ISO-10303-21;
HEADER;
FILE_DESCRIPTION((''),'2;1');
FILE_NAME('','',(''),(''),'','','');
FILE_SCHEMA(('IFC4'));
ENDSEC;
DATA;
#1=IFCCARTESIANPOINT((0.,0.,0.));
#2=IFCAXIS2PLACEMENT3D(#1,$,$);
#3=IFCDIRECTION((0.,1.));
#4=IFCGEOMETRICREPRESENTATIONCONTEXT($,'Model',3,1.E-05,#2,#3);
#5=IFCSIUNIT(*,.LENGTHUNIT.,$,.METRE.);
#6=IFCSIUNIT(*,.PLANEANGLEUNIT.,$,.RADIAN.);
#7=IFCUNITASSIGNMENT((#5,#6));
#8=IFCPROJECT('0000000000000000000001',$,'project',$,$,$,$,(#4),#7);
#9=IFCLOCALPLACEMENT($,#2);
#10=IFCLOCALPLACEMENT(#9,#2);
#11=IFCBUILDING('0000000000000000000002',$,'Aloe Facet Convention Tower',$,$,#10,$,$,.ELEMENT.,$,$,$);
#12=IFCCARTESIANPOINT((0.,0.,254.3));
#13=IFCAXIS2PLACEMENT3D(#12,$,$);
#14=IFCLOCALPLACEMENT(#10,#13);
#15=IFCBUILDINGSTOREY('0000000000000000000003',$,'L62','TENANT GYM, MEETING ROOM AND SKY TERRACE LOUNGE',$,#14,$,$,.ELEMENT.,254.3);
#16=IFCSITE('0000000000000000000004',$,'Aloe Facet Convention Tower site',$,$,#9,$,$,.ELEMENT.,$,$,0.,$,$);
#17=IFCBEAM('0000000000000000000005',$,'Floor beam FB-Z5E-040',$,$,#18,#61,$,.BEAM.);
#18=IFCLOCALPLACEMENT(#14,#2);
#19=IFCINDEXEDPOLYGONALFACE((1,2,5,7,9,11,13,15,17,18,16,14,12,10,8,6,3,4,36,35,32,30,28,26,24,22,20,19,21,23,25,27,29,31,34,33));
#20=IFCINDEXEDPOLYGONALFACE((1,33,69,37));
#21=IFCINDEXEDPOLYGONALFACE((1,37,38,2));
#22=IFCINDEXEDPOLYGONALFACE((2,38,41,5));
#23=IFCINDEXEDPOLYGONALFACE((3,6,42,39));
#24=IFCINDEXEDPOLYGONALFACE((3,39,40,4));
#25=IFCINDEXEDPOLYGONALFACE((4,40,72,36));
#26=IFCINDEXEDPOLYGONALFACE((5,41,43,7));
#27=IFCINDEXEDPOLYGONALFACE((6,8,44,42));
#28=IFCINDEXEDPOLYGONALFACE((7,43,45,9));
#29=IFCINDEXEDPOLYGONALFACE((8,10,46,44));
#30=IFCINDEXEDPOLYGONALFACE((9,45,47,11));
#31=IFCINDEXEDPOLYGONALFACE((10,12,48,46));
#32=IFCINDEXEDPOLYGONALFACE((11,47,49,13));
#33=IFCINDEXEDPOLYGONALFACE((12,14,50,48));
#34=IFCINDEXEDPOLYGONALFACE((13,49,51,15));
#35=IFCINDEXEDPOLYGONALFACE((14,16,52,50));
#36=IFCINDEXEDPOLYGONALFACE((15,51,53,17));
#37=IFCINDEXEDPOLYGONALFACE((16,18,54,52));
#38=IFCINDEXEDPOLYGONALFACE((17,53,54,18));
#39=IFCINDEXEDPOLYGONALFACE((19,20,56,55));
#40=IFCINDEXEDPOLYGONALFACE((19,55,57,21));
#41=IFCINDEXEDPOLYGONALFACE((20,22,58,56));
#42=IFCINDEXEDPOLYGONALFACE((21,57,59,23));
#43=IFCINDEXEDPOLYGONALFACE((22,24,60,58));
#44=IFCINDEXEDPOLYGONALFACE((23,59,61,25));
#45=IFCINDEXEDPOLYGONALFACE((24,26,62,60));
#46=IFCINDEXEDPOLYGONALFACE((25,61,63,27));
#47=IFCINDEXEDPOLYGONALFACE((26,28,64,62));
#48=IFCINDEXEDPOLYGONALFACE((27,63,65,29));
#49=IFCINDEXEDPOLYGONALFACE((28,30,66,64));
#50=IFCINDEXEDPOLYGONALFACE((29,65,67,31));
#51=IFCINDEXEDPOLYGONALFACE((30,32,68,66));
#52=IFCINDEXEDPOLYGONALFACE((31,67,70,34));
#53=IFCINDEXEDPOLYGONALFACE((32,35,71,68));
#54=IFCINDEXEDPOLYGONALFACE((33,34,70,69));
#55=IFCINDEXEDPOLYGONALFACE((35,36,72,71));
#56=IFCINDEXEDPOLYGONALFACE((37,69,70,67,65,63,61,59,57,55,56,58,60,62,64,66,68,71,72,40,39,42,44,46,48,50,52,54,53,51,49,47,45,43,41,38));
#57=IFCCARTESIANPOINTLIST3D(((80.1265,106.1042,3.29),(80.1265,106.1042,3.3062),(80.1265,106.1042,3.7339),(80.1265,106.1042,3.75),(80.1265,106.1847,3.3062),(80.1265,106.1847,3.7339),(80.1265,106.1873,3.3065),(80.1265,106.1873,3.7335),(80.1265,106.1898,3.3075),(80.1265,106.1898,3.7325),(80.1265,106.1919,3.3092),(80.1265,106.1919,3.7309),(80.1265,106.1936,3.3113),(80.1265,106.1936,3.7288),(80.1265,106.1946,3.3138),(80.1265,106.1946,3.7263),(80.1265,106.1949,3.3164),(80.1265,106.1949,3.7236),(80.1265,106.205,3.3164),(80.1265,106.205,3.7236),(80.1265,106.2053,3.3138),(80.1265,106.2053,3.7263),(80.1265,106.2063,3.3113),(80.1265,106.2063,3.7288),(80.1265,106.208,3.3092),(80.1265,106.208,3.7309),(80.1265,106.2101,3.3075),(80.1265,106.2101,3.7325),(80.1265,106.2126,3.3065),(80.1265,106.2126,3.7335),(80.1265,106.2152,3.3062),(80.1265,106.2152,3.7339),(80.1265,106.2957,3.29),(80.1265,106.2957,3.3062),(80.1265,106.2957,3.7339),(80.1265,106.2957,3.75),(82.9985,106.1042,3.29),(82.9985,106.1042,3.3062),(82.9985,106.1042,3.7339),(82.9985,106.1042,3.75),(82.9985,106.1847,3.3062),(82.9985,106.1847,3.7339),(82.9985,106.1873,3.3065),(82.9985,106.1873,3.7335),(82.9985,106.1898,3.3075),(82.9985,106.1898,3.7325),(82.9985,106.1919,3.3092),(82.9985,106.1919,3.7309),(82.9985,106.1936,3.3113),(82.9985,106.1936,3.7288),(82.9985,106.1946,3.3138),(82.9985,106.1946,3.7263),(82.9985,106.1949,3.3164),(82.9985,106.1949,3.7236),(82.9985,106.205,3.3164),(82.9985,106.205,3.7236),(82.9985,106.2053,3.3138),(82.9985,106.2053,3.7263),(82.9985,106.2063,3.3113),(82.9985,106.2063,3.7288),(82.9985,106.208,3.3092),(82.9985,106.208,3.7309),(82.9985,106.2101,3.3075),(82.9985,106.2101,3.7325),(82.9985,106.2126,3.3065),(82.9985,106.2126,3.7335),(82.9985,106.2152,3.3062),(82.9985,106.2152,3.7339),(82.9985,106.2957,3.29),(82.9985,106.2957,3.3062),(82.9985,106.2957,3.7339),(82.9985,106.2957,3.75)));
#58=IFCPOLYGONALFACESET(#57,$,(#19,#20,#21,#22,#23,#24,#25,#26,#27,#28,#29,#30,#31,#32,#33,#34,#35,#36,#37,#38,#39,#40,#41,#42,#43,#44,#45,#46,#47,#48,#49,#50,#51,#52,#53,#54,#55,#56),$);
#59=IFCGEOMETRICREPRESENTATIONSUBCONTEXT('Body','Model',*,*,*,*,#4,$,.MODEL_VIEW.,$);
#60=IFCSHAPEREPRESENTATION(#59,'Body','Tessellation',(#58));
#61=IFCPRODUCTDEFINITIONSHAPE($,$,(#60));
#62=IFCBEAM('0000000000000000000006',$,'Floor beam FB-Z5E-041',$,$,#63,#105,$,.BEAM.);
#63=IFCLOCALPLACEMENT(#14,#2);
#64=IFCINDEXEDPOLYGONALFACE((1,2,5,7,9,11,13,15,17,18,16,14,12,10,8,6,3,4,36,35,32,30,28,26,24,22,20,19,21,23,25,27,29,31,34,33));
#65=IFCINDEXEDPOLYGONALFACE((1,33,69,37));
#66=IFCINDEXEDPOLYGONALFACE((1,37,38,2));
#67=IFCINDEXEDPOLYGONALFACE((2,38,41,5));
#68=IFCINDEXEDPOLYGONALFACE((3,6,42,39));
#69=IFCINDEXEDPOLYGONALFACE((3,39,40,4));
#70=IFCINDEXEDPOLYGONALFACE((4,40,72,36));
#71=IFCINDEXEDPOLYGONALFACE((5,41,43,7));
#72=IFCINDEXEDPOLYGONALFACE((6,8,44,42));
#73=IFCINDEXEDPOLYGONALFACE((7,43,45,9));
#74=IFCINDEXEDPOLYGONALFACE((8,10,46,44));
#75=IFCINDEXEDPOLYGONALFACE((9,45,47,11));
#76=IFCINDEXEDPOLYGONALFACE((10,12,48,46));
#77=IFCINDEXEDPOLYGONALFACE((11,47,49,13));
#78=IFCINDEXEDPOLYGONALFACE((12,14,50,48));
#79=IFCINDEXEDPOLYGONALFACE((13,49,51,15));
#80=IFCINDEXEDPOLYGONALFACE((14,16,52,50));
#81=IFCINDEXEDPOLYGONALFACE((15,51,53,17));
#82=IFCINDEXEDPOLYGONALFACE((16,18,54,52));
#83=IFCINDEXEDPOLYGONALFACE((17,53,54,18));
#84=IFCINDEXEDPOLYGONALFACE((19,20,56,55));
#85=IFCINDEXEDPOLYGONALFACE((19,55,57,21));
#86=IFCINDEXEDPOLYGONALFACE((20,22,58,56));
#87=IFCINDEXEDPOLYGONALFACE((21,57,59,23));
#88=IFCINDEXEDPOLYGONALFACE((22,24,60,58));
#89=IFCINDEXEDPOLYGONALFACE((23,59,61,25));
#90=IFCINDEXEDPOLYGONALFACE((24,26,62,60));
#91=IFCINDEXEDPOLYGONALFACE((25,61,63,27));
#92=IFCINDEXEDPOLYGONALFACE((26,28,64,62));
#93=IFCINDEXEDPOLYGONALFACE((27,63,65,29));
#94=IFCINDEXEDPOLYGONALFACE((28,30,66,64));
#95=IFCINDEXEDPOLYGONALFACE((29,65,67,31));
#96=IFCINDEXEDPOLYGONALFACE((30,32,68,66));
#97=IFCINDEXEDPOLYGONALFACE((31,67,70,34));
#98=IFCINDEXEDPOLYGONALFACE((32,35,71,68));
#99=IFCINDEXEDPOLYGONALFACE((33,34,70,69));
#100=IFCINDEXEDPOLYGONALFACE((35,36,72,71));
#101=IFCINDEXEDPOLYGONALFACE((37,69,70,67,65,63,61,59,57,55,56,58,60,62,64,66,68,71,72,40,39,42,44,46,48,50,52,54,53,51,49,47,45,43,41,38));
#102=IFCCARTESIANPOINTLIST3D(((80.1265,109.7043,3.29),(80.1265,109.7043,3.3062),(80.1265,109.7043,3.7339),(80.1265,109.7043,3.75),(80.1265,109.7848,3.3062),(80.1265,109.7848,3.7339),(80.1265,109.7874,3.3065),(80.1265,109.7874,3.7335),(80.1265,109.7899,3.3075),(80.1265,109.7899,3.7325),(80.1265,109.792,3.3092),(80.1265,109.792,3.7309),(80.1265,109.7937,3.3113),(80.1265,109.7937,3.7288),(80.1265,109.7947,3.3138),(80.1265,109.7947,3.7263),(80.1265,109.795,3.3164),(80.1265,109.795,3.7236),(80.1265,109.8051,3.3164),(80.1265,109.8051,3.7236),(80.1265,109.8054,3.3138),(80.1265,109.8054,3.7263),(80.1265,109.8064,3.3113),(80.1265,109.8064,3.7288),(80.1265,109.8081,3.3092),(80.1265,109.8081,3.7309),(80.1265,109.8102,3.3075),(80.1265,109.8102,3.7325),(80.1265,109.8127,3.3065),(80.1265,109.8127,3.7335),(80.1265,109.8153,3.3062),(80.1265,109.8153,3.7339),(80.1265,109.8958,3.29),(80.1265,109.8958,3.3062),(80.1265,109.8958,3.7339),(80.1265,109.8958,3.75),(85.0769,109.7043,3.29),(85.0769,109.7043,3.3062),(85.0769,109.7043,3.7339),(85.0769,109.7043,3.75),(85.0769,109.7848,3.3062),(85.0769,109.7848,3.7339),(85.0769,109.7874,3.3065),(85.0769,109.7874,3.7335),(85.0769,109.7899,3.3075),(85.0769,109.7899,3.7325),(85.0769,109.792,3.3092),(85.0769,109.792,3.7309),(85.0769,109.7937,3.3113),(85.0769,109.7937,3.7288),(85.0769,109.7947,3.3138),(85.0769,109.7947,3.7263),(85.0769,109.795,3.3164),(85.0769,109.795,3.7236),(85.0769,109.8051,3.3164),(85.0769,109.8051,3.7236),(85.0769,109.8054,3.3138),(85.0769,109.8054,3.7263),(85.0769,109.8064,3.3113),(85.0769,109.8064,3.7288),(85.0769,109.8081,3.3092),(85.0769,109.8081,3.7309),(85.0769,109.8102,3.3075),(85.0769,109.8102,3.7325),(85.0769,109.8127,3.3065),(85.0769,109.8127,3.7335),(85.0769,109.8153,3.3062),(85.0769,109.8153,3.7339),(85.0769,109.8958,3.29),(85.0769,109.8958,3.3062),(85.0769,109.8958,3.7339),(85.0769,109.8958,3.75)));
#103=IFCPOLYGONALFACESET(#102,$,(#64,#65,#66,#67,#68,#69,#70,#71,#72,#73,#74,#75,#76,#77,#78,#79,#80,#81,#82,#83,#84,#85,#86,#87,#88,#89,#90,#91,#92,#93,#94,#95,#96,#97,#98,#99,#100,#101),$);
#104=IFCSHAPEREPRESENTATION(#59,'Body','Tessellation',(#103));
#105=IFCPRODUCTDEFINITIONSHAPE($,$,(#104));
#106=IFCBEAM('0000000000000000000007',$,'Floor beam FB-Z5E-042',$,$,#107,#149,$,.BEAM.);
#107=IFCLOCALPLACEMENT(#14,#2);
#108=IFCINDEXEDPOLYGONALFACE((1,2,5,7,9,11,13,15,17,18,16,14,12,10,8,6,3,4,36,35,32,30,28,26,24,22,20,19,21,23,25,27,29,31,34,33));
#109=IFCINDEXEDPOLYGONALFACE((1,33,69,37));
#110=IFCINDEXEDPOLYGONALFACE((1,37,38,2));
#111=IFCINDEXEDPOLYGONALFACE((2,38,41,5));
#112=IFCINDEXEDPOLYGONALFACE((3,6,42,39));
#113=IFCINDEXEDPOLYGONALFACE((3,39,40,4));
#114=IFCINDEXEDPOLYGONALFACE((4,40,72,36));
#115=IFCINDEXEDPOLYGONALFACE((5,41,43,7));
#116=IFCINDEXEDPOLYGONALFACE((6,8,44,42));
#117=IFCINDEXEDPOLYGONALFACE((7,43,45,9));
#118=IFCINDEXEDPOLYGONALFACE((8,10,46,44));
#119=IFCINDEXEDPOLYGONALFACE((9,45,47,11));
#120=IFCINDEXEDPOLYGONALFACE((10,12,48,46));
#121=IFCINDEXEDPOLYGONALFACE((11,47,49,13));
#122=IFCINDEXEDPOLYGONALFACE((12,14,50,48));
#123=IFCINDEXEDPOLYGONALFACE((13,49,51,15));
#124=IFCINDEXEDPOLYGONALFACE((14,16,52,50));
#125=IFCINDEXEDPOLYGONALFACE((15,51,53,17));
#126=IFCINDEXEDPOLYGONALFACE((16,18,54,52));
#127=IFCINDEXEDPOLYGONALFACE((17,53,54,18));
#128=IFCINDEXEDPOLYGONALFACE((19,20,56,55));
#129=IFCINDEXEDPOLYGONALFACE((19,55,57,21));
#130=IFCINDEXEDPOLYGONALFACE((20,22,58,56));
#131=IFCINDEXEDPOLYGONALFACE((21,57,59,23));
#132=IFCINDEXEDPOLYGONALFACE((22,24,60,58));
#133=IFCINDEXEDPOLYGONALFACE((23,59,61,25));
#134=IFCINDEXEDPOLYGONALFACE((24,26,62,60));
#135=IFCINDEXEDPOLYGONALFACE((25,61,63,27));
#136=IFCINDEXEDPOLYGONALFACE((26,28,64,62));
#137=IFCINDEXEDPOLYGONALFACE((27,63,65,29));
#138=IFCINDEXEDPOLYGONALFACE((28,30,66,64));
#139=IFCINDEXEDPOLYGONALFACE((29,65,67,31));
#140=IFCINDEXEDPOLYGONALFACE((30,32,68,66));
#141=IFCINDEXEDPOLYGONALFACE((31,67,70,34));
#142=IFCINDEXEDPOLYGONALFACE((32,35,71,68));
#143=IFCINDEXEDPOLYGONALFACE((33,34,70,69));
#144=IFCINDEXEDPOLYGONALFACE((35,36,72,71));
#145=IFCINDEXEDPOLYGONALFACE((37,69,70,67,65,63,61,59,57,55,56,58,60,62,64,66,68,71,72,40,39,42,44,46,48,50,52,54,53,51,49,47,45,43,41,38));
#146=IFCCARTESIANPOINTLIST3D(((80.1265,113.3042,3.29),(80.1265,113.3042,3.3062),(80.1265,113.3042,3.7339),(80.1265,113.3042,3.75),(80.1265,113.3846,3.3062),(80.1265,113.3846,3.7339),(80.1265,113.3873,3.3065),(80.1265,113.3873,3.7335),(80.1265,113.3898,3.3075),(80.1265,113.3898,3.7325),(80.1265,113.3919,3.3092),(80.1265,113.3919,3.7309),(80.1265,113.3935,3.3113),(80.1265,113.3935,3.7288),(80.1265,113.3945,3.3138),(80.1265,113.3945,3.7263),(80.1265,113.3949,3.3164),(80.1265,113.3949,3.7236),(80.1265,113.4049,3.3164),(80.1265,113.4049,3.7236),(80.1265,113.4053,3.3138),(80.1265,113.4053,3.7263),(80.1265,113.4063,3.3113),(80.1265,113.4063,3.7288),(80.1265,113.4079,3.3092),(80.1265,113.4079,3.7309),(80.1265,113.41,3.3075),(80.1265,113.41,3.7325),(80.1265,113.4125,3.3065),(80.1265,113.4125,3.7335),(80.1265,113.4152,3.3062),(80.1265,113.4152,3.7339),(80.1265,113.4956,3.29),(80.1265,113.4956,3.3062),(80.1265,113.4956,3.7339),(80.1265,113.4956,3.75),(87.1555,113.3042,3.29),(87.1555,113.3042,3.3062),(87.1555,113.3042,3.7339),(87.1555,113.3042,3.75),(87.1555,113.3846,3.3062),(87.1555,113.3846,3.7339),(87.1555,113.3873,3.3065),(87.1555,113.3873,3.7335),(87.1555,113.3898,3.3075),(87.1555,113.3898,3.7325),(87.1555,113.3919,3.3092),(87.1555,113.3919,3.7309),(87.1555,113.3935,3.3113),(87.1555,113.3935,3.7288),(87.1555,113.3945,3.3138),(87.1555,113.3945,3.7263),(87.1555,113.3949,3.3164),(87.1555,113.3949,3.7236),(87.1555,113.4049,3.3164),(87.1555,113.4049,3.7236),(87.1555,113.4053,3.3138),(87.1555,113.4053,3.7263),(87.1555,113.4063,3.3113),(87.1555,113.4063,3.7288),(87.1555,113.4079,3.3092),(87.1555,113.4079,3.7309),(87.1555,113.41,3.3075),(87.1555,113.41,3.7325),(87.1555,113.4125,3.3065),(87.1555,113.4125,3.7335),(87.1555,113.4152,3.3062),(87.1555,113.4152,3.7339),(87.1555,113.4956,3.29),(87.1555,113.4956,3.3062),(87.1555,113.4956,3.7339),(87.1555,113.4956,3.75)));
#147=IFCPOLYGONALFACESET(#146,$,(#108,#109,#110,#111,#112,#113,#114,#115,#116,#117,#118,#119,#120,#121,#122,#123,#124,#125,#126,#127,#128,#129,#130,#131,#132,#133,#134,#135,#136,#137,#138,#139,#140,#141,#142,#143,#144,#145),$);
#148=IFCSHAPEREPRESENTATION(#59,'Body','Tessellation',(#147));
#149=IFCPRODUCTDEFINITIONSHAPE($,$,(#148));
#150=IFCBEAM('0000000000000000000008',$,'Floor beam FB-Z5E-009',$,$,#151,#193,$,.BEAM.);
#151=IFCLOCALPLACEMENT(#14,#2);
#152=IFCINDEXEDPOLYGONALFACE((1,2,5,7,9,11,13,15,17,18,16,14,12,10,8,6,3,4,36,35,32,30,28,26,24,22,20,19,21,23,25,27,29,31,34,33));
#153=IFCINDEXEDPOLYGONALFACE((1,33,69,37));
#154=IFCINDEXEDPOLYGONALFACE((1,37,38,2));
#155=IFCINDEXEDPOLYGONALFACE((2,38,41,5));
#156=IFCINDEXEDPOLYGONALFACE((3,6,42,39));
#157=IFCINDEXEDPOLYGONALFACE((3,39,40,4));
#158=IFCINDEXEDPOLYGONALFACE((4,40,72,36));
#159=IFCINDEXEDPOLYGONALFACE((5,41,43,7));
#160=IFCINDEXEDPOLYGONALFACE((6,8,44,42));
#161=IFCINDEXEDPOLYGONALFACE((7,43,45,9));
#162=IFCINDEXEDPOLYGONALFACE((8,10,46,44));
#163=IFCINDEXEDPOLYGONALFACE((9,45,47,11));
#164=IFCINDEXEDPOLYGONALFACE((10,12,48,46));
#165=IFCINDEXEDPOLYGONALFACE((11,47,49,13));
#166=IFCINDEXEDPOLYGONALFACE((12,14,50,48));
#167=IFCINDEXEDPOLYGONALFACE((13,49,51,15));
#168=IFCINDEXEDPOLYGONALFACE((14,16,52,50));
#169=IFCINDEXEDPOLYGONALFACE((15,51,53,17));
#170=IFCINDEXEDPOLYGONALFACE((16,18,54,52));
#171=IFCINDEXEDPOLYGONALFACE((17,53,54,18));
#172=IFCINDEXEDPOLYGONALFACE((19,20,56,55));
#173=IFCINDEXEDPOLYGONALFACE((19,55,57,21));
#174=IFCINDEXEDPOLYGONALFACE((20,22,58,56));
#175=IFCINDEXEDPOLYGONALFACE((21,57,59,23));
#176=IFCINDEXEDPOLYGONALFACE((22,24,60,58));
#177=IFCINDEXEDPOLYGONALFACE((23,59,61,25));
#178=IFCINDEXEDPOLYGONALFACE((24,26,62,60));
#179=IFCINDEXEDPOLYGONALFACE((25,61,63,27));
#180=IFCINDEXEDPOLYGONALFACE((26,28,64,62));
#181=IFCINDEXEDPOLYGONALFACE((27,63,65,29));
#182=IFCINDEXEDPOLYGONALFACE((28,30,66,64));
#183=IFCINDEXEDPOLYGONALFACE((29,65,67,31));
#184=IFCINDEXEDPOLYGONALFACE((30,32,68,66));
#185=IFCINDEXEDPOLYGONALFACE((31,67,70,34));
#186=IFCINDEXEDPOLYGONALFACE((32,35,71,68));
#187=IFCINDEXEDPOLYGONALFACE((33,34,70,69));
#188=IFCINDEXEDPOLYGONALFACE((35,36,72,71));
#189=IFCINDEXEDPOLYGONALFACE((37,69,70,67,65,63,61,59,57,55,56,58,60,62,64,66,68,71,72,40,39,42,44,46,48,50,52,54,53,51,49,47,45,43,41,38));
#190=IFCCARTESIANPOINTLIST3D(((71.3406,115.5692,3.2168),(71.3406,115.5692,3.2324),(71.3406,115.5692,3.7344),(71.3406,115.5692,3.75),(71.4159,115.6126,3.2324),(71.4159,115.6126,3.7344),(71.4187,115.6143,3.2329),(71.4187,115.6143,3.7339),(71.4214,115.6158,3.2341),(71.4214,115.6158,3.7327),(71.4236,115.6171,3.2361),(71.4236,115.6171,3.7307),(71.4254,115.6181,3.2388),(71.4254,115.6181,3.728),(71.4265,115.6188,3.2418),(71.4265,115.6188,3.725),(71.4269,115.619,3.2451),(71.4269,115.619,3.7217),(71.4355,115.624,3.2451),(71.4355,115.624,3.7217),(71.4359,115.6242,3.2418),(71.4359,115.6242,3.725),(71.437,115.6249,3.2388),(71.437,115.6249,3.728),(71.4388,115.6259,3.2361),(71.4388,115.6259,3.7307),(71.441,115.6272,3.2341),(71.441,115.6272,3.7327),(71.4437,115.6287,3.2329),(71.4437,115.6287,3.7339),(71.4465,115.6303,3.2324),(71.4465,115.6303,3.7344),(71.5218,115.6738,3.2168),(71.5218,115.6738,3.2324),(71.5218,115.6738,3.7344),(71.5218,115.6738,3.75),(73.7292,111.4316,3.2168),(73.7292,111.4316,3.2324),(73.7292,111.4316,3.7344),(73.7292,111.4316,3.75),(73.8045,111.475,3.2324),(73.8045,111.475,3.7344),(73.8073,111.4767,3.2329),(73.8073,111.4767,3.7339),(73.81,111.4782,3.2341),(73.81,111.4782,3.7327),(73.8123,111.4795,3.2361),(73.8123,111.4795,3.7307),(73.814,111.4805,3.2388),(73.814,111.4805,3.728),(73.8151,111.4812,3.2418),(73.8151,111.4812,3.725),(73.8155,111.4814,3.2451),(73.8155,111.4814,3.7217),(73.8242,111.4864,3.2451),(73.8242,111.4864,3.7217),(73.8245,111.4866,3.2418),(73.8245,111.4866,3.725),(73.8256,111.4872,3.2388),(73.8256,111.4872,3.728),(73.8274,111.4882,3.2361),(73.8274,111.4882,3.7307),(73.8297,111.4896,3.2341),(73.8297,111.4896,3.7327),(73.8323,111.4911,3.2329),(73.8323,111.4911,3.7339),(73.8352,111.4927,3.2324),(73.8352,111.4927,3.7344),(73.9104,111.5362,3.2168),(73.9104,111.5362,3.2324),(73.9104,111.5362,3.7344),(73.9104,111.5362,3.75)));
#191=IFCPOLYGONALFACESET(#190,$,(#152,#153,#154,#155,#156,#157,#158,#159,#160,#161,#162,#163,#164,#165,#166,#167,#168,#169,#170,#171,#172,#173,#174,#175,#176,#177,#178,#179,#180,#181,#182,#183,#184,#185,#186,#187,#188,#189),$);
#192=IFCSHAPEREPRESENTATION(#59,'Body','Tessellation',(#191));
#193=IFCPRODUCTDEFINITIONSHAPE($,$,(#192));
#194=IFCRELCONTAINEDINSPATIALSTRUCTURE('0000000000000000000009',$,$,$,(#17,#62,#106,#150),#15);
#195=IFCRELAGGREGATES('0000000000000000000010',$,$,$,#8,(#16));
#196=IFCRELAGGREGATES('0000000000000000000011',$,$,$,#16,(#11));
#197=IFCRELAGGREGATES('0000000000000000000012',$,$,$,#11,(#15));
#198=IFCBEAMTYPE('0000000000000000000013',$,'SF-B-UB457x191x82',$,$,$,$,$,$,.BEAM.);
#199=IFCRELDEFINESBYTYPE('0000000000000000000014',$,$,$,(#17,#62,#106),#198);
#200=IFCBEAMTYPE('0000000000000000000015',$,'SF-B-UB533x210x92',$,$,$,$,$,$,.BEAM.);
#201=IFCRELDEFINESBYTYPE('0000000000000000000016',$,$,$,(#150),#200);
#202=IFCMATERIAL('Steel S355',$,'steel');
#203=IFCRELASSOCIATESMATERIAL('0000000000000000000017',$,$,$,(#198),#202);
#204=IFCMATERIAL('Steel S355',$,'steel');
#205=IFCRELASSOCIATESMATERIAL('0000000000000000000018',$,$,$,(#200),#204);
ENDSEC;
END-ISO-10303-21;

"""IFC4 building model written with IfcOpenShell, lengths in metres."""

from ifc_helpers import new_model, si_unit, direction, frame, origin, origin_2d, place, context, subcontext, project, spatial, i_section, extrude, material, material_profile, profile_set, type_object, element, save


model = new_model("IFC4")

# Units and contexts
model_context = context("Model", 3, precision=1e-05, world=origin(), true_north=direction((0.0, 1.0)))
body_context = subcontext(model_context, "Body", "Model", "MODEL_VIEW")
ifc_project = project(units=[si_unit("LENGTHUNIT", "METRE"), si_unit("PLANEANGLEUNIT", "RADIAN")], contexts=[model_context])

# Site, building, storey
site_placement = place(None, origin())
site = spatial("IfcSite", under=ifc_project, at=site_placement, Name="Aloe Facet Convention Tower site", CompositionType="ELEMENT", RefElevation=0.0)
building_placement = place(site_placement, origin())
building = spatial("IfcBuilding", under=site, at=building_placement, Name="Aloe Facet Convention Tower", CompositionType="ELEMENT")
storey_placement = place(building_placement, frame((0.0, 0.0, 254.3)))
storey = spatial("IfcBuildingStorey", under=building, at=storey_placement, Name="L62", Description="TENANT GYM, MEETING ROOM AND SKY TERRACE LOUNGE", CompositionType="ELEMENT", Elevation=254.3)

# Beams
ifc_material_1 = material(Name="Steel S355", Category="steel")
ifc_material_profile_1 = material_profile(ifc_material_1, i_section(OverallWidth=0.1914, OverallDepth=0.46, WebThickness=0.01, FlangeThickness=0.0161, FilletRadius=0.0103, at=origin_2d()), Name="UB 457x191x82")
ifc_profile_set_1 = profile_set([ifc_material_profile_1], Name="Steel S355")
beam_type_1 = type_object("IfcBeamType", Name="SF-B-UB457x191x82", PredefinedType="BEAM", material=ifc_profile_set_1)
for number, where, z_axis, x_axis, name in (
    (1, (80.1265, 106.2, 3.52), (1.0, 0.0, 0.0), (0.0, 1.0, 0.0), "Floor beam FB-Z5E-040"),
):
    element("IfcBeam", number, at=place(storey_placement, frame(where, z_axis=z_axis, x_axis=x_axis)), inside=storey, type_object=beam_type_1, Name=name, PredefinedType="BEAM", context=body_context, shape_type="SweptSolid", body=[
        extrude(i_section(OverallWidth=0.1914, OverallDepth=0.46, WebThickness=0.01, FlangeThickness=0.0161, FilletRadius=0.0103, at=origin_2d()), origin(), (0.0, 0.0, 1.0), 2.8721),
    ])
beam_1_placement = place(storey_placement, frame((80.1265, 109.8, 3.52), z_axis=(1.0, 0.0, 0.0), x_axis=(0.0, 1.0, 0.0)))
element("IfcBeam", 2, at=beam_1_placement, inside=storey, type_object=beam_type_1, Name="Floor beam FB-Z5E-041", PredefinedType="BEAM", context=body_context, shape_type="SweptSolid", body=[
    extrude(i_section(OverallWidth=0.1914, OverallDepth=0.46, WebThickness=0.01, FlangeThickness=0.0161, FilletRadius=0.0103, at=origin_2d()), origin(), (0.0, 0.0, 1.0), 4.9504),
])
beam_2_placement = place(storey_placement, frame((80.1265, 113.3999, 3.52), z_axis=(1.0, 0.0, 0.0), x_axis=(0.0, 1.0, 0.0)))
element("IfcBeam", 3, at=beam_2_placement, inside=storey, type_object=beam_type_1, Name="Floor beam FB-Z5E-042", PredefinedType="BEAM", context=body_context, shape_type="SweptSolid", body=[
    extrude(i_section(OverallWidth=0.1914, OverallDepth=0.46, WebThickness=0.01, FlangeThickness=0.0161, FilletRadius=0.0103, at=origin_2d()), origin(), (0.0, 0.0, 1.0), 7.0291),
])
ifc_material_2 = material(Name="Steel S355", Category="steel")
ifc_material_profile_2 = material_profile(ifc_material_2, i_section(OverallWidth=0.2092, OverallDepth=0.5332, WebThickness=0.01, FlangeThickness=0.0156, FilletRadius=0.0127, at=origin_2d()), Name="UB 533x210x92")
ifc_profile_set_2 = profile_set([ifc_material_profile_2], Name="Steel S355")
beam_type_2 = type_object("IfcBeamType", Name="SF-B-UB533x210x92", PredefinedType="BEAM", material=ifc_profile_set_2)
beam_3_placement = place(storey_placement, frame((73.8198, 111.4839, 3.4834), z_axis=(-0.499964, 0.866046, 0.0), x_axis=(-0.866046, -0.499964, 0.0)))
element("IfcBeam", 4, at=beam_3_placement, inside=storey, type_object=beam_type_2, Name="Floor beam FB-Z5E-009", PredefinedType="BEAM", context=body_context, shape_type="SweptSolid", body=[
    extrude(i_section(OverallWidth=0.2092, OverallDepth=0.5332, WebThickness=0.01, FlangeThickness=0.0156, FilletRadius=0.0127, at=origin_2d()), origin(), (0.0, 0.0, 1.0), 4.7776),
])

save(model, "model.ifc")
